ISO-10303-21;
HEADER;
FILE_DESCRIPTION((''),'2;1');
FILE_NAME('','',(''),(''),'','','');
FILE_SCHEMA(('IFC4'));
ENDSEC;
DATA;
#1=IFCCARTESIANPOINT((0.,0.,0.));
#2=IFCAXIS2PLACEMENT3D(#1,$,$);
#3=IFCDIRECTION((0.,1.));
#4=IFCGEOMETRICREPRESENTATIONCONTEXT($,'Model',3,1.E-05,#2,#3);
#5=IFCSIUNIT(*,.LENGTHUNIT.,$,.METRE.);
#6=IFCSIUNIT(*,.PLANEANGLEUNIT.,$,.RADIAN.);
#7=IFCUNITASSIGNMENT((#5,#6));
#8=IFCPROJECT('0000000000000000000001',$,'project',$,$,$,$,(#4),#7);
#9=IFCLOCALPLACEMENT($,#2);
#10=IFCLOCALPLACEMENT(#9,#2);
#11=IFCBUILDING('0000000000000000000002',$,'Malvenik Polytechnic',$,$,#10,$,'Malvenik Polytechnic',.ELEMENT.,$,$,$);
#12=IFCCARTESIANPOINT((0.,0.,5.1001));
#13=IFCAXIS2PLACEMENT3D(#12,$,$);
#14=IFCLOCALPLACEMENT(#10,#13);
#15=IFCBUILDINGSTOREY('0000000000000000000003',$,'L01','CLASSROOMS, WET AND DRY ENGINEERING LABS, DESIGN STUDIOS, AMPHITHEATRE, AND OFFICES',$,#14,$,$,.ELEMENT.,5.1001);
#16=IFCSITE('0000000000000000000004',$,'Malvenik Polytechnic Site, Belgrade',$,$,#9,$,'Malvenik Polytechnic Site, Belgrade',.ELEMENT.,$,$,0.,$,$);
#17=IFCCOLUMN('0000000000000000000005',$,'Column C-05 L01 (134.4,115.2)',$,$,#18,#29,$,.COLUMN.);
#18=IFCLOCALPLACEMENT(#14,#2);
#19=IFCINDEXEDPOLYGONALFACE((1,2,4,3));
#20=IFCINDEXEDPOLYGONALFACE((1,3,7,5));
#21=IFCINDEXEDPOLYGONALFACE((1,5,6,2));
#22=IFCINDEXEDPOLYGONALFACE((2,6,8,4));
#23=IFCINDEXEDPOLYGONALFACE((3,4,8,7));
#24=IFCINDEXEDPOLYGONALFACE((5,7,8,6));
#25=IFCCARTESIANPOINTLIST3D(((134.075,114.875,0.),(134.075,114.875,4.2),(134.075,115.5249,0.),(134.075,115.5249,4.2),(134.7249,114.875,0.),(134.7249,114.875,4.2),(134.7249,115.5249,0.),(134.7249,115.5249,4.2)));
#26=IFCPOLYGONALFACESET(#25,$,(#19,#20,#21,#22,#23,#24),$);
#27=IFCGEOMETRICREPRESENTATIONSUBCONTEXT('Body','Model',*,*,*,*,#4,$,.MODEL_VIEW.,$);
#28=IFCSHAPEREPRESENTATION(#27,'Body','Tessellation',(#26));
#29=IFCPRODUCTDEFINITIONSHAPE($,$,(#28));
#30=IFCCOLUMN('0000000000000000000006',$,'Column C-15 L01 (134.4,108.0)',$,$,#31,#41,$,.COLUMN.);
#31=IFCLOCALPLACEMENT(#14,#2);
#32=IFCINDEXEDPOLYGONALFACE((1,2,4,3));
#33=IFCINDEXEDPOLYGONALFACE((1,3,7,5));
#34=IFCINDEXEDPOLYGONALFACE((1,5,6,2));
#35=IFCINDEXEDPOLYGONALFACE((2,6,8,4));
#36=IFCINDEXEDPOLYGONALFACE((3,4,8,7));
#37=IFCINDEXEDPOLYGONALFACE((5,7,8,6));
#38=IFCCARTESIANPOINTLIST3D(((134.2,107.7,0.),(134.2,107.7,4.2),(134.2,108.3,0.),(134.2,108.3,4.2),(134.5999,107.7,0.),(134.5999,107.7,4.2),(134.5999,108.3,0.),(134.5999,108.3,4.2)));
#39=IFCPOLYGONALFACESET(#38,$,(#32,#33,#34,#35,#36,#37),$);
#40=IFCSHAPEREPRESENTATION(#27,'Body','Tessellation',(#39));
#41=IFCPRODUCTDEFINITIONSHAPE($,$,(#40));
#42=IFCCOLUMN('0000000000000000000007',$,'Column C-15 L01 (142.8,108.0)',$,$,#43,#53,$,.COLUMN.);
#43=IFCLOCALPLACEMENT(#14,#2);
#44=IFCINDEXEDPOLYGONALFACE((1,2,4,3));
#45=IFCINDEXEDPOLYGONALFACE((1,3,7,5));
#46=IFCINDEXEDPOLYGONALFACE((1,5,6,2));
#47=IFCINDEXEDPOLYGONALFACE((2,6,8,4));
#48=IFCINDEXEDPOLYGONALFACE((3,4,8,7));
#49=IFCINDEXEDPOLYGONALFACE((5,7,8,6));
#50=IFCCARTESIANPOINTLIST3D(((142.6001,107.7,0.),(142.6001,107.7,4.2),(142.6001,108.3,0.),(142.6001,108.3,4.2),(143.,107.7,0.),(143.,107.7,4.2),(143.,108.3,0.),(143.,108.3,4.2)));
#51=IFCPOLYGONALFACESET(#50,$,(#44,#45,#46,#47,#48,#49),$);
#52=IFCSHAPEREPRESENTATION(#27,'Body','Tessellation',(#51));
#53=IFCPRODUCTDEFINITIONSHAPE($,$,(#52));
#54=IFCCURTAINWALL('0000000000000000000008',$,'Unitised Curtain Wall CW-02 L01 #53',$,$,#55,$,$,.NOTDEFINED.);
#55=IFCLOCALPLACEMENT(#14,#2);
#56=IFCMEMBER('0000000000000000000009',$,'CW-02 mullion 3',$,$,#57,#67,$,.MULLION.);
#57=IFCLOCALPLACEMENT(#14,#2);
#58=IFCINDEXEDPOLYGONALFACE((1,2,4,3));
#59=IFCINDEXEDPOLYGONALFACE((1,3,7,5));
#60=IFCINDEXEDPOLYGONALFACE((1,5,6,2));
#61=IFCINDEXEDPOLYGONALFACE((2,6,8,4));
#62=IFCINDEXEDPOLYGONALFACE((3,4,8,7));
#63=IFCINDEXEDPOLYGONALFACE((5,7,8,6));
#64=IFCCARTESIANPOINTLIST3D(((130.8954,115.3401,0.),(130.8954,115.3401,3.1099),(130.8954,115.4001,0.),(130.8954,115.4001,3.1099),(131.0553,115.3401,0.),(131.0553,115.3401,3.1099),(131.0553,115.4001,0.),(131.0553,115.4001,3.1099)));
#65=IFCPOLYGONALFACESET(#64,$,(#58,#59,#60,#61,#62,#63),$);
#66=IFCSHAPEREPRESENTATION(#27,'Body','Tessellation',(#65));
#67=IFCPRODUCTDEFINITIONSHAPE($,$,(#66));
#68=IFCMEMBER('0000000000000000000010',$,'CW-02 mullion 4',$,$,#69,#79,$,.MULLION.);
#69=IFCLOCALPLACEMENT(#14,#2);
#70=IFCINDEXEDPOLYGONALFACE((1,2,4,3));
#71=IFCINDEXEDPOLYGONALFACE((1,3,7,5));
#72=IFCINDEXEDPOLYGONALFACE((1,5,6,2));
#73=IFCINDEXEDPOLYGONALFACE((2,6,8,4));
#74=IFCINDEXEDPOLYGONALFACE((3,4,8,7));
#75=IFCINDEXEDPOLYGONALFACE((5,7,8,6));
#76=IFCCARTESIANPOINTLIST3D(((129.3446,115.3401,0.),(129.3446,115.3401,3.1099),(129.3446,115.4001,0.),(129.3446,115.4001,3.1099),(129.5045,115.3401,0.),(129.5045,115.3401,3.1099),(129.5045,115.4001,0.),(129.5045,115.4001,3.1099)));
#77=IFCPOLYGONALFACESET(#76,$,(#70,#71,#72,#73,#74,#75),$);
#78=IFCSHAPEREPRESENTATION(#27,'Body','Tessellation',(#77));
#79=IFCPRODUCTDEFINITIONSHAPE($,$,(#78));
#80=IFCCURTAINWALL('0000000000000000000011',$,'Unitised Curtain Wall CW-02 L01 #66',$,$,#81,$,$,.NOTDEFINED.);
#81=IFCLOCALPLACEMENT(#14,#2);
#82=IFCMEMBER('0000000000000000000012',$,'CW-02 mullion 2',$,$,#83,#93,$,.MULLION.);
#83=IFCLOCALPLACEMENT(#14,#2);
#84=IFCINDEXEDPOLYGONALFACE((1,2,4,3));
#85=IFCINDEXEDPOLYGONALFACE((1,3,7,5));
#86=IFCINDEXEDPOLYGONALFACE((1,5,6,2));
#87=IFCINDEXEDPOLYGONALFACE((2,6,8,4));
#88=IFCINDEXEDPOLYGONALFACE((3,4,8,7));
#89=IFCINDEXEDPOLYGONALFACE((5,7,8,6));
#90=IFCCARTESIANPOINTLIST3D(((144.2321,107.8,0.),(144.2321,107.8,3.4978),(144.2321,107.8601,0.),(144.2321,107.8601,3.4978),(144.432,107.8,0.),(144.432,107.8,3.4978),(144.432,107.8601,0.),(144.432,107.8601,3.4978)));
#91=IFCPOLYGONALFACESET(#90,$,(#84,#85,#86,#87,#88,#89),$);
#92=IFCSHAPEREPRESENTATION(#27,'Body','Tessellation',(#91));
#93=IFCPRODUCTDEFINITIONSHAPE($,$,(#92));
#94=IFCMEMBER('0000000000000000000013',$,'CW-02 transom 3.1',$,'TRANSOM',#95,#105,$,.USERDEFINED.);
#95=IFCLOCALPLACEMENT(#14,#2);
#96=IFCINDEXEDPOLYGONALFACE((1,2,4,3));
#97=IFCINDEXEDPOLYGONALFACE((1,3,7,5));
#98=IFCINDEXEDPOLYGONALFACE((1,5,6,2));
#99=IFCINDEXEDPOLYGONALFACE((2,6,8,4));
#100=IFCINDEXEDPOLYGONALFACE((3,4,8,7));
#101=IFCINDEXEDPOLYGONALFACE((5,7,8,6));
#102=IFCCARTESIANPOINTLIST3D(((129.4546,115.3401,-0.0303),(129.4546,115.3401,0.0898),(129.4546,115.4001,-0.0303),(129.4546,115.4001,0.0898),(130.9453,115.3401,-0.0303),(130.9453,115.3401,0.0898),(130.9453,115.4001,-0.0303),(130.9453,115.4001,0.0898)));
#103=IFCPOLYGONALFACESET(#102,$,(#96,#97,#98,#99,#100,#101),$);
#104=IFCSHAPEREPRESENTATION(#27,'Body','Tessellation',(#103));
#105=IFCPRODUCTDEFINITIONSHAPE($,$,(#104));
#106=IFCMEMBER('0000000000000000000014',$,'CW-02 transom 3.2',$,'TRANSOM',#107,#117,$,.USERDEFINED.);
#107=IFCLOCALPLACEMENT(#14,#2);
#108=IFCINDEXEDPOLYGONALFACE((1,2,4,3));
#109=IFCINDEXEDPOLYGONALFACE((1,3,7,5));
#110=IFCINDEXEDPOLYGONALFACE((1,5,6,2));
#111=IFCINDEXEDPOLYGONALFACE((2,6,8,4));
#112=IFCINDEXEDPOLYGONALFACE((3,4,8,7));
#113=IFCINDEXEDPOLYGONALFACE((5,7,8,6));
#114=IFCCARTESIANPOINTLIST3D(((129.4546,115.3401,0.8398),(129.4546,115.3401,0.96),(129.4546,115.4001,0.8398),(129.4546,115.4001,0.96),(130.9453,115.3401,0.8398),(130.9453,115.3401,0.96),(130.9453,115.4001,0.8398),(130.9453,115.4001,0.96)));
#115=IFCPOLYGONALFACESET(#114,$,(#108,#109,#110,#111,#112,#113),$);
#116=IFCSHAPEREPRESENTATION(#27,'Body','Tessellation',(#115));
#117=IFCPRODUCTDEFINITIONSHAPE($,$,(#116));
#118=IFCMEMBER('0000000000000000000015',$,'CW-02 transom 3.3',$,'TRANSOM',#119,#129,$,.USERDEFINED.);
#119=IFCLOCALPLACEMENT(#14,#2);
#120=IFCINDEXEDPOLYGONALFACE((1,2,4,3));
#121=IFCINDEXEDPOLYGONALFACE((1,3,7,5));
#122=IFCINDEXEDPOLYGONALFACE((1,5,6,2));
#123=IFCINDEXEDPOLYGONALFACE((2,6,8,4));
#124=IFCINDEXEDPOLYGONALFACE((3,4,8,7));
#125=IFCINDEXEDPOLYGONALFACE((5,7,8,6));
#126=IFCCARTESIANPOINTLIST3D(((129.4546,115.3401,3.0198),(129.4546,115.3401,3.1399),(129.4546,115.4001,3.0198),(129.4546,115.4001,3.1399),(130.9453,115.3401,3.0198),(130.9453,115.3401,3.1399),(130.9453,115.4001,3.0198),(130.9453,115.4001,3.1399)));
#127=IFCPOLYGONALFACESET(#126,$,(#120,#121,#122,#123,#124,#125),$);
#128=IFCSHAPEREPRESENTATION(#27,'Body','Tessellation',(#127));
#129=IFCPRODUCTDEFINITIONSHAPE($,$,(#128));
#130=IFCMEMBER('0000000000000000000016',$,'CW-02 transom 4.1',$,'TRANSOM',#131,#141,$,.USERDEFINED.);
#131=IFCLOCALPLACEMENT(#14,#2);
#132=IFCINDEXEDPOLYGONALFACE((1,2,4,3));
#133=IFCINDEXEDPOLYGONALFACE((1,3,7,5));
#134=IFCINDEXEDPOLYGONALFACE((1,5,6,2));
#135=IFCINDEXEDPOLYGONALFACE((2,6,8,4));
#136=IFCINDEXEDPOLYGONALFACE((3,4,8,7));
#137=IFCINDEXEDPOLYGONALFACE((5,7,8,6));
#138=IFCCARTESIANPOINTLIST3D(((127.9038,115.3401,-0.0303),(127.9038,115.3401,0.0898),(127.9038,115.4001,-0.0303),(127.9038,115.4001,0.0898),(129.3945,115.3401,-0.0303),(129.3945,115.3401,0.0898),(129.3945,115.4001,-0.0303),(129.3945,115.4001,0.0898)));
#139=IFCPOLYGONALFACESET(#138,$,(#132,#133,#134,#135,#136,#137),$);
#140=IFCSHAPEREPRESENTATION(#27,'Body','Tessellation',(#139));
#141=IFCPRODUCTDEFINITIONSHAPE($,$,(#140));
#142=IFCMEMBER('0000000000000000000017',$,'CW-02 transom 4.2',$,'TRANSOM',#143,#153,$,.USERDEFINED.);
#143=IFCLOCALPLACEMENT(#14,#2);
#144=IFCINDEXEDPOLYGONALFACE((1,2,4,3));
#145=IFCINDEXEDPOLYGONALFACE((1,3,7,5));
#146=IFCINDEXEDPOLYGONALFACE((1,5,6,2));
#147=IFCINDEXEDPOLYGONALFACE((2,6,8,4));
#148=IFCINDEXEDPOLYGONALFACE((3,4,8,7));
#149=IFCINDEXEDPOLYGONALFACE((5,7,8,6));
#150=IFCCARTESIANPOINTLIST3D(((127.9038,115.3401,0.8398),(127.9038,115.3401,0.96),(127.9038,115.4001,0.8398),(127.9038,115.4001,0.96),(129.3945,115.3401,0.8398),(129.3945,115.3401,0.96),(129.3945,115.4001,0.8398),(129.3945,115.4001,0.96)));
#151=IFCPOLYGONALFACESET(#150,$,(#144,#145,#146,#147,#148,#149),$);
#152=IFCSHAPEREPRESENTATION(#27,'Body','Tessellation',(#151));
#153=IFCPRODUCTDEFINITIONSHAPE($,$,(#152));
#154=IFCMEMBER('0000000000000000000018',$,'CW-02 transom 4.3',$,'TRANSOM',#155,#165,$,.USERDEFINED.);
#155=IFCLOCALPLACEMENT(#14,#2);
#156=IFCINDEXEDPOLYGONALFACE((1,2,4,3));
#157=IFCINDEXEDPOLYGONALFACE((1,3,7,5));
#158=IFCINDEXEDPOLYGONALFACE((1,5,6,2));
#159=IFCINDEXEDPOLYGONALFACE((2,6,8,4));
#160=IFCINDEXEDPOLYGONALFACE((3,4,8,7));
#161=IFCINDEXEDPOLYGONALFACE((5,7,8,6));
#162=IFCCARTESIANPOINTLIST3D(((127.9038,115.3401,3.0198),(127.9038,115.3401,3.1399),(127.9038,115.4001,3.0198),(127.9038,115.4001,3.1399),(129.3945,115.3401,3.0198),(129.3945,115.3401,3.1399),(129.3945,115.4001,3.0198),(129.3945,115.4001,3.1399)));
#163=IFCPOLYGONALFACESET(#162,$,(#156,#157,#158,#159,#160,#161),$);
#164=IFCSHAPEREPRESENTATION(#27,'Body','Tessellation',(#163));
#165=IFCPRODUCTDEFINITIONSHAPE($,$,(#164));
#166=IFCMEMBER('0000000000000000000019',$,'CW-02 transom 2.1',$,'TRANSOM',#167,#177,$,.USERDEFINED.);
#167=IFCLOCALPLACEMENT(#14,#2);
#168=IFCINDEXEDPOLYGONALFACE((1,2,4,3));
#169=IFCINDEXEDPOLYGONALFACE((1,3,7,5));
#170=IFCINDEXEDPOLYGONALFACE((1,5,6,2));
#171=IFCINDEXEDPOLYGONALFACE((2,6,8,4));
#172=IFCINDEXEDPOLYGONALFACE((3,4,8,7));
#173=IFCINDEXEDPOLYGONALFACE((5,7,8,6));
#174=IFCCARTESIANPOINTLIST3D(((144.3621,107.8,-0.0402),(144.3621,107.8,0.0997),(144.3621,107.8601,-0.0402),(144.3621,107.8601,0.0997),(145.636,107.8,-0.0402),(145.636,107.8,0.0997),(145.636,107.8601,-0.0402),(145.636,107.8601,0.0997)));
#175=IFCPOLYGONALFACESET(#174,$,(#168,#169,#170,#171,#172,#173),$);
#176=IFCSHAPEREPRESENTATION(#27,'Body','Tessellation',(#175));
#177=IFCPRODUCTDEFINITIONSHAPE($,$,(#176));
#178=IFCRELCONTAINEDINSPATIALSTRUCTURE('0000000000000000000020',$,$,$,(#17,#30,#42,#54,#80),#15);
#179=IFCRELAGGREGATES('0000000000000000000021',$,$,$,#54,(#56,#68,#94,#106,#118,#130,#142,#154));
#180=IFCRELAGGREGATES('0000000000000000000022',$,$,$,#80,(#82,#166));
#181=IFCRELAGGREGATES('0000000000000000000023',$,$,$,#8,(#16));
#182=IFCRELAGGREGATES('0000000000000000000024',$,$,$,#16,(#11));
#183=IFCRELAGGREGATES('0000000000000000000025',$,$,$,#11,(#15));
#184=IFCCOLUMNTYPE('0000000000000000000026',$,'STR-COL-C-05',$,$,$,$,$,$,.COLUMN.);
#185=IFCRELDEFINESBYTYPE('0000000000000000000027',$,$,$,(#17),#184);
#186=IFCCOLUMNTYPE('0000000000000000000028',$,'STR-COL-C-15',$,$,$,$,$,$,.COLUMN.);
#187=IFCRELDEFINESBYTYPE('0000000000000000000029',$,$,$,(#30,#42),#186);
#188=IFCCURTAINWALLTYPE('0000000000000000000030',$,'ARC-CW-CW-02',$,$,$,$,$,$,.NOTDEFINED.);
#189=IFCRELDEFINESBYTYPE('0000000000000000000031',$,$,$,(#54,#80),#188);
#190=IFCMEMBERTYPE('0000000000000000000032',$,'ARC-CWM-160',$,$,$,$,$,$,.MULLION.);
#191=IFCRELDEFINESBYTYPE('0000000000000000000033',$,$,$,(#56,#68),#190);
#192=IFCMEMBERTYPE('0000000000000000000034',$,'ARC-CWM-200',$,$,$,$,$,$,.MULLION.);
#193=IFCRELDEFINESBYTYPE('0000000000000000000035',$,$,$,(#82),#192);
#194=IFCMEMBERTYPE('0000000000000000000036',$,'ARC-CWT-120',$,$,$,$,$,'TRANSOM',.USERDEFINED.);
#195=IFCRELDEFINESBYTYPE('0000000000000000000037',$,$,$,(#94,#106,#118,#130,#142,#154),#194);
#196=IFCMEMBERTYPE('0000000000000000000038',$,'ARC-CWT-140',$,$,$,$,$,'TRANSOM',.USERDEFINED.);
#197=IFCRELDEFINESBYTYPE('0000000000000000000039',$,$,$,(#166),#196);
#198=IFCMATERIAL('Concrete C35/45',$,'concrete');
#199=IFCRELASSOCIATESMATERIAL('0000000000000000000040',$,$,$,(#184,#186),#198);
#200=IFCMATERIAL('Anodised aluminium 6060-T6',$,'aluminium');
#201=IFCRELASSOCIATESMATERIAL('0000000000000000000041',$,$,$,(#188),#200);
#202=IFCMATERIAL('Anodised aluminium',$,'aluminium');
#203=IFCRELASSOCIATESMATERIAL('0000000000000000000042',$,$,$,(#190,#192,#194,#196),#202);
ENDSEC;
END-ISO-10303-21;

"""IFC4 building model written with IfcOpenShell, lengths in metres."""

from ifc_helpers import new_model, si_unit, direction, frame, origin, origin_2d, place, context, subcontext, project, spatial, rectangle, extrude, material, material_profile, profile_set, type_object, element, aggregate, save


model = new_model("IFC4")

# Units and contexts
model_context = context("Model", 3, precision=1e-05, world=origin(), true_north=direction((0.0, 1.0)))
body_context = subcontext(model_context, "Body", "Model", "MODEL_VIEW")
ifc_project = project(units=[si_unit("LENGTHUNIT", "METRE"), si_unit("PLANEANGLEUNIT", "RADIAN")], contexts=[model_context])

# Site, building, storey
site_placement = place(None, origin())
site = spatial("IfcSite", under=ifc_project, at=site_placement, Name="Malvenik Polytechnic Site, Belgrade", LongName="Malvenik Polytechnic Site, Belgrade", CompositionType="ELEMENT", RefElevation=0.0)
building_placement = place(site_placement, origin())
building = spatial("IfcBuilding", under=site, at=building_placement, Name="Malvenik Polytechnic", LongName="Malvenik Polytechnic", CompositionType="ELEMENT")
storey_placement = place(building_placement, frame((0.0, 0.0, 5.1001)))
storey = spatial("IfcBuildingStorey", under=building, at=storey_placement, Name="L01", Description="CLASSROOMS, WET AND DRY ENGINEERING LABS, DESIGN STUDIOS, AMPHITHEATRE, AND OFFICES", CompositionType="ELEMENT", Elevation=5.1001)

# Columns
ifc_material_1 = material(Name="Concrete C35/45", Category="concrete")
ifc_material_profile_1 = material_profile(ifc_material_1, rectangle(XDim=0.6499, YDim=0.6499, at=origin_2d()), Name="RC COL 650x650")
ifc_profile_set_1 = profile_set([ifc_material_profile_1], Name="Concrete C35/45")
column_type_1 = type_object("IfcColumnType", Name="STR-COL-C-05", PredefinedType="COLUMN", material=ifc_profile_set_1)
column_placement = place(storey_placement, frame((134.3999, 115.2, 0.0), z_axis=(0.0, 0.0, 1.0), x_axis=(1.0, 0.0, 0.0)))
element("IfcColumn", 1, at=column_placement, inside=storey, type_object=column_type_1, Name="Column C-05 L01 (134.4,115.2)", PredefinedType="COLUMN", context=body_context, shape_type="SweptSolid", body=[
    extrude(rectangle(XDim=0.6499, YDim=0.6499, at=origin_2d()), origin(), (0.0, 0.0, 1.0), 4.2),
])
ifc_material_profile_2 = material_profile(ifc_material_1, rectangle(XDim=0.3999, YDim=0.6001, at=origin_2d()), Name="RC COL 600x400")
ifc_profile_set_2 = profile_set([ifc_material_profile_2], Name="Concrete C35/45")
column_type_2 = type_object("IfcColumnType", Name="STR-COL-C-15", PredefinedType="COLUMN", material=ifc_profile_set_2)
for number, where, z_axis, x_axis, name in (
    (2, (134.3999, 108.0, 0.0), (0.0, 0.0, 1.0), (1.0, 0.0, 0.0), "Column C-15 L01 (134.4,108.0)"),
    (3, (142.8, 108.0, 0.0), (0.0, 0.0, 1.0), (1.0, 0.0, 0.0), "Column C-15 L01 (142.8,108.0)"),
):
    element("IfcColumn", number, at=place(storey_placement, frame(where, z_axis=z_axis, x_axis=x_axis)), inside=storey, type_object=column_type_2, Name=name, PredefinedType="COLUMN", context=body_context, shape_type="SweptSolid", body=[
        extrude(rectangle(XDim=0.3999, YDim=0.6001, at=origin_2d()), origin(), (0.0, 0.0, 1.0), 4.2),
    ])

# Curtain wall, members
ifc_material_2 = material(Name="Anodised aluminium 6060-T6", Category="aluminium")
curtain_wall_type = type_object("IfcCurtainWallType", Name="ARC-CW-CW-02", PredefinedType="NOTDEFINED", material=ifc_material_2)
curtain_wall_1_placement = place(storey_placement, origin())
curtain_wall_1 = element("IfcCurtainWall", 4, at=curtain_wall_1_placement, inside=storey, type_object=curtain_wall_type, Name="Unitised Curtain Wall CW-02 L01 #53", PredefinedType="NOTDEFINED")
ifc_material_3 = material(Name="Anodised aluminium", Category="aluminium")
ifc_material_profile_3 = material_profile(ifc_material_3, rectangle(XDim=0.0601, YDim=0.1599, at=origin_2d()), Name="ALU MULLION 60x160")
ifc_profile_set_3 = profile_set([ifc_material_profile_3], Name="Anodised aluminium")
member_type_1 = type_object("IfcMemberType", Name="ARC-CWM-160", PredefinedType="MULLION", material=ifc_profile_set_3)
member_1_placement = place(storey_placement, frame((130.9753, 115.3701, 0.0), z_axis=(0.0, 0.0, 1.0), x_axis=(0.0, -1.0, 0.0)))
member_1 = element("IfcMember", 5, at=member_1_placement, type_object=member_type_1, Name="CW-02 mullion 3", PredefinedType="MULLION", context=body_context, shape_type="SweptSolid", body=[
    extrude(rectangle(XDim=0.0601, YDim=0.1599, at=origin_2d()), origin(), (0.0, 0.0, 1.0), 3.1099),
])
member_2_placement = place(storey_placement, frame((129.4246, 115.3701, 0.0), z_axis=(0.0, 0.0, 1.0), x_axis=(0.0, -1.0, 0.0)))
member_2 = element("IfcMember", 6, at=member_2_placement, type_object=member_type_1, Name="CW-02 mullion 4", PredefinedType="MULLION", context=body_context, shape_type="SweptSolid", body=[
    extrude(rectangle(XDim=0.0601, YDim=0.1599, at=origin_2d()), origin(), (0.0, 0.0, 1.0), 3.1099),
])

# Curtain wall, member
curtain_wall_2_placement = place(storey_placement, origin())
curtain_wall_2 = element("IfcCurtainWall", 7, at=curtain_wall_2_placement, inside=storey, type_object=curtain_wall_type, Name="Unitised Curtain Wall CW-02 L01 #66", PredefinedType="NOTDEFINED")
ifc_material_profile_4 = material_profile(ifc_material_3, rectangle(XDim=0.0601, YDim=0.2, at=origin_2d()), Name="ALU MULLION 60x200")
ifc_profile_set_4 = profile_set([ifc_material_profile_4], Name="Anodised aluminium")
member_type_2 = type_object("IfcMemberType", Name="ARC-CWM-200", PredefinedType="MULLION", material=ifc_profile_set_4)
member_3_placement = place(storey_placement, frame((144.332, 107.8301, 0.0), z_axis=(0.0, 0.0, 1.0), x_axis=(0.0, 1.0, 0.0)))
member_3 = element("IfcMember", 8, at=member_3_placement, type_object=member_type_2, Name="CW-02 mullion 2", PredefinedType="MULLION", context=body_context, shape_type="SweptSolid", body=[
    extrude(rectangle(XDim=0.0601, YDim=0.2, at=origin_2d()), origin(), (0.0, 0.0, 1.0), 3.4978),
])

# Members
ifc_material_profile_5 = material_profile(ifc_material_3, rectangle(XDim=0.0601, YDim=0.1201, at=origin_2d()), Name="ALU TRANSOM 60x120")
ifc_profile_set_5 = profile_set([ifc_material_profile_5], Name="Anodised aluminium")
member_type_3 = type_object("IfcMemberType", Name="ARC-CWT-120", ElementType="TRANSOM", PredefinedType="USERDEFINED", material=ifc_profile_set_5)
member_4_placement = place(storey_placement, frame((130.9453, 115.3701, 0.0298), z_axis=(-1.0, 0.0, 0.0), x_axis=(0.0, -1.0, 0.0)))
member_4 = element("IfcMember", 9, at=member_4_placement, type_object=member_type_3, Name="CW-02 transom 3.1", ObjectType="TRANSOM", PredefinedType="USERDEFINED", context=body_context, shape_type="SweptSolid", body=[
    extrude(rectangle(XDim=0.0601, YDim=0.1201, at=origin_2d()), origin(), (0.0, 0.0, 1.0), 1.4907),
])
member_5_placement = place(storey_placement, frame((130.9453, 115.3701, 0.8999), z_axis=(-1.0, 0.0, 0.0), x_axis=(0.0, -1.0, 0.0)))
member_5 = element("IfcMember", 10, at=member_5_placement, type_object=member_type_3, Name="CW-02 transom 3.2", ObjectType="TRANSOM", PredefinedType="USERDEFINED", context=body_context, shape_type="SweptSolid", body=[
    extrude(rectangle(XDim=0.0601, YDim=0.1201, at=origin_2d()), origin(), (0.0, 0.0, 1.0), 1.4907),
])
member_6_placement = place(storey_placement, frame((130.9453, 115.3701, 3.0798), z_axis=(-1.0, 0.0, 0.0), x_axis=(0.0, -1.0, 0.0)))
member_6 = element("IfcMember", 11, at=member_6_placement, type_object=member_type_3, Name="CW-02 transom 3.3", ObjectType="TRANSOM", PredefinedType="USERDEFINED", context=body_context, shape_type="SweptSolid", body=[
    extrude(rectangle(XDim=0.0601, YDim=0.1201, at=origin_2d()), origin(), (0.0, 0.0, 1.0), 1.4907),
])
member_7_placement = place(storey_placement, frame((129.3945, 115.3701, 0.0298), z_axis=(-1.0, 0.0, 0.0), x_axis=(0.0, -1.0, 0.0)))
member_7 = element("IfcMember", 12, at=member_7_placement, type_object=member_type_3, Name="CW-02 transom 4.1", ObjectType="TRANSOM", PredefinedType="USERDEFINED", context=body_context, shape_type="SweptSolid", body=[
    extrude(rectangle(XDim=0.0601, YDim=0.1201, at=origin_2d()), origin(), (0.0, 0.0, 1.0), 1.4907),
])
member_8_placement = place(storey_placement, frame((129.3945, 115.3701, 0.8999), z_axis=(-1.0, 0.0, 0.0), x_axis=(0.0, -1.0, 0.0)))
member_8 = element("IfcMember", 13, at=member_8_placement, type_object=member_type_3, Name="CW-02 transom 4.2", ObjectType="TRANSOM", PredefinedType="USERDEFINED", context=body_context, shape_type="SweptSolid", body=[
    extrude(rectangle(XDim=0.0601, YDim=0.1201, at=origin_2d()), origin(), (0.0, 0.0, 1.0), 1.4907),
])
member_9_placement = place(storey_placement, frame((129.3945, 115.3701, 3.0798), z_axis=(-1.0, 0.0, 0.0), x_axis=(0.0, -1.0, 0.0)))
member_9 = element("IfcMember", 14, at=member_9_placement, type_object=member_type_3, Name="CW-02 transom 4.3", ObjectType="TRANSOM", PredefinedType="USERDEFINED", context=body_context, shape_type="SweptSolid", body=[
    extrude(rectangle(XDim=0.0601, YDim=0.1201, at=origin_2d()), origin(), (0.0, 0.0, 1.0), 1.4907),
])
ifc_material_profile_6 = material_profile(ifc_material_3, rectangle(XDim=0.0601, YDim=0.1399, at=origin_2d()), Name="ALU TRANSOM 60x140")
ifc_profile_set_6 = profile_set([ifc_material_profile_6], Name="Anodised aluminium")
member_type_4 = type_object("IfcMemberType", Name="ARC-CWT-140", ElementType="TRANSOM", PredefinedType="USERDEFINED", material=ifc_profile_set_6)
member_10_placement = place(storey_placement, frame((144.3621, 107.8301, 0.0298), z_axis=(1.0, 0.0, 0.0), x_axis=(0.0, 1.0, 0.0)))
member_10 = element("IfcMember", 15, at=member_10_placement, type_object=member_type_4, Name="CW-02 transom 2.1", ObjectType="TRANSOM", PredefinedType="USERDEFINED", context=body_context, shape_type="SweptSolid", body=[
    extrude(rectangle(XDim=0.0601, YDim=0.1399, at=origin_2d()), origin(), (0.0, 0.0, 1.0), 1.2739),
])

aggregate(curtain_wall_1, [member_1, member_2, member_4, member_5, member_6, member_7, member_8, member_9])
aggregate(curtain_wall_2, [member_3, member_10])

save(model, "model.ifc")
